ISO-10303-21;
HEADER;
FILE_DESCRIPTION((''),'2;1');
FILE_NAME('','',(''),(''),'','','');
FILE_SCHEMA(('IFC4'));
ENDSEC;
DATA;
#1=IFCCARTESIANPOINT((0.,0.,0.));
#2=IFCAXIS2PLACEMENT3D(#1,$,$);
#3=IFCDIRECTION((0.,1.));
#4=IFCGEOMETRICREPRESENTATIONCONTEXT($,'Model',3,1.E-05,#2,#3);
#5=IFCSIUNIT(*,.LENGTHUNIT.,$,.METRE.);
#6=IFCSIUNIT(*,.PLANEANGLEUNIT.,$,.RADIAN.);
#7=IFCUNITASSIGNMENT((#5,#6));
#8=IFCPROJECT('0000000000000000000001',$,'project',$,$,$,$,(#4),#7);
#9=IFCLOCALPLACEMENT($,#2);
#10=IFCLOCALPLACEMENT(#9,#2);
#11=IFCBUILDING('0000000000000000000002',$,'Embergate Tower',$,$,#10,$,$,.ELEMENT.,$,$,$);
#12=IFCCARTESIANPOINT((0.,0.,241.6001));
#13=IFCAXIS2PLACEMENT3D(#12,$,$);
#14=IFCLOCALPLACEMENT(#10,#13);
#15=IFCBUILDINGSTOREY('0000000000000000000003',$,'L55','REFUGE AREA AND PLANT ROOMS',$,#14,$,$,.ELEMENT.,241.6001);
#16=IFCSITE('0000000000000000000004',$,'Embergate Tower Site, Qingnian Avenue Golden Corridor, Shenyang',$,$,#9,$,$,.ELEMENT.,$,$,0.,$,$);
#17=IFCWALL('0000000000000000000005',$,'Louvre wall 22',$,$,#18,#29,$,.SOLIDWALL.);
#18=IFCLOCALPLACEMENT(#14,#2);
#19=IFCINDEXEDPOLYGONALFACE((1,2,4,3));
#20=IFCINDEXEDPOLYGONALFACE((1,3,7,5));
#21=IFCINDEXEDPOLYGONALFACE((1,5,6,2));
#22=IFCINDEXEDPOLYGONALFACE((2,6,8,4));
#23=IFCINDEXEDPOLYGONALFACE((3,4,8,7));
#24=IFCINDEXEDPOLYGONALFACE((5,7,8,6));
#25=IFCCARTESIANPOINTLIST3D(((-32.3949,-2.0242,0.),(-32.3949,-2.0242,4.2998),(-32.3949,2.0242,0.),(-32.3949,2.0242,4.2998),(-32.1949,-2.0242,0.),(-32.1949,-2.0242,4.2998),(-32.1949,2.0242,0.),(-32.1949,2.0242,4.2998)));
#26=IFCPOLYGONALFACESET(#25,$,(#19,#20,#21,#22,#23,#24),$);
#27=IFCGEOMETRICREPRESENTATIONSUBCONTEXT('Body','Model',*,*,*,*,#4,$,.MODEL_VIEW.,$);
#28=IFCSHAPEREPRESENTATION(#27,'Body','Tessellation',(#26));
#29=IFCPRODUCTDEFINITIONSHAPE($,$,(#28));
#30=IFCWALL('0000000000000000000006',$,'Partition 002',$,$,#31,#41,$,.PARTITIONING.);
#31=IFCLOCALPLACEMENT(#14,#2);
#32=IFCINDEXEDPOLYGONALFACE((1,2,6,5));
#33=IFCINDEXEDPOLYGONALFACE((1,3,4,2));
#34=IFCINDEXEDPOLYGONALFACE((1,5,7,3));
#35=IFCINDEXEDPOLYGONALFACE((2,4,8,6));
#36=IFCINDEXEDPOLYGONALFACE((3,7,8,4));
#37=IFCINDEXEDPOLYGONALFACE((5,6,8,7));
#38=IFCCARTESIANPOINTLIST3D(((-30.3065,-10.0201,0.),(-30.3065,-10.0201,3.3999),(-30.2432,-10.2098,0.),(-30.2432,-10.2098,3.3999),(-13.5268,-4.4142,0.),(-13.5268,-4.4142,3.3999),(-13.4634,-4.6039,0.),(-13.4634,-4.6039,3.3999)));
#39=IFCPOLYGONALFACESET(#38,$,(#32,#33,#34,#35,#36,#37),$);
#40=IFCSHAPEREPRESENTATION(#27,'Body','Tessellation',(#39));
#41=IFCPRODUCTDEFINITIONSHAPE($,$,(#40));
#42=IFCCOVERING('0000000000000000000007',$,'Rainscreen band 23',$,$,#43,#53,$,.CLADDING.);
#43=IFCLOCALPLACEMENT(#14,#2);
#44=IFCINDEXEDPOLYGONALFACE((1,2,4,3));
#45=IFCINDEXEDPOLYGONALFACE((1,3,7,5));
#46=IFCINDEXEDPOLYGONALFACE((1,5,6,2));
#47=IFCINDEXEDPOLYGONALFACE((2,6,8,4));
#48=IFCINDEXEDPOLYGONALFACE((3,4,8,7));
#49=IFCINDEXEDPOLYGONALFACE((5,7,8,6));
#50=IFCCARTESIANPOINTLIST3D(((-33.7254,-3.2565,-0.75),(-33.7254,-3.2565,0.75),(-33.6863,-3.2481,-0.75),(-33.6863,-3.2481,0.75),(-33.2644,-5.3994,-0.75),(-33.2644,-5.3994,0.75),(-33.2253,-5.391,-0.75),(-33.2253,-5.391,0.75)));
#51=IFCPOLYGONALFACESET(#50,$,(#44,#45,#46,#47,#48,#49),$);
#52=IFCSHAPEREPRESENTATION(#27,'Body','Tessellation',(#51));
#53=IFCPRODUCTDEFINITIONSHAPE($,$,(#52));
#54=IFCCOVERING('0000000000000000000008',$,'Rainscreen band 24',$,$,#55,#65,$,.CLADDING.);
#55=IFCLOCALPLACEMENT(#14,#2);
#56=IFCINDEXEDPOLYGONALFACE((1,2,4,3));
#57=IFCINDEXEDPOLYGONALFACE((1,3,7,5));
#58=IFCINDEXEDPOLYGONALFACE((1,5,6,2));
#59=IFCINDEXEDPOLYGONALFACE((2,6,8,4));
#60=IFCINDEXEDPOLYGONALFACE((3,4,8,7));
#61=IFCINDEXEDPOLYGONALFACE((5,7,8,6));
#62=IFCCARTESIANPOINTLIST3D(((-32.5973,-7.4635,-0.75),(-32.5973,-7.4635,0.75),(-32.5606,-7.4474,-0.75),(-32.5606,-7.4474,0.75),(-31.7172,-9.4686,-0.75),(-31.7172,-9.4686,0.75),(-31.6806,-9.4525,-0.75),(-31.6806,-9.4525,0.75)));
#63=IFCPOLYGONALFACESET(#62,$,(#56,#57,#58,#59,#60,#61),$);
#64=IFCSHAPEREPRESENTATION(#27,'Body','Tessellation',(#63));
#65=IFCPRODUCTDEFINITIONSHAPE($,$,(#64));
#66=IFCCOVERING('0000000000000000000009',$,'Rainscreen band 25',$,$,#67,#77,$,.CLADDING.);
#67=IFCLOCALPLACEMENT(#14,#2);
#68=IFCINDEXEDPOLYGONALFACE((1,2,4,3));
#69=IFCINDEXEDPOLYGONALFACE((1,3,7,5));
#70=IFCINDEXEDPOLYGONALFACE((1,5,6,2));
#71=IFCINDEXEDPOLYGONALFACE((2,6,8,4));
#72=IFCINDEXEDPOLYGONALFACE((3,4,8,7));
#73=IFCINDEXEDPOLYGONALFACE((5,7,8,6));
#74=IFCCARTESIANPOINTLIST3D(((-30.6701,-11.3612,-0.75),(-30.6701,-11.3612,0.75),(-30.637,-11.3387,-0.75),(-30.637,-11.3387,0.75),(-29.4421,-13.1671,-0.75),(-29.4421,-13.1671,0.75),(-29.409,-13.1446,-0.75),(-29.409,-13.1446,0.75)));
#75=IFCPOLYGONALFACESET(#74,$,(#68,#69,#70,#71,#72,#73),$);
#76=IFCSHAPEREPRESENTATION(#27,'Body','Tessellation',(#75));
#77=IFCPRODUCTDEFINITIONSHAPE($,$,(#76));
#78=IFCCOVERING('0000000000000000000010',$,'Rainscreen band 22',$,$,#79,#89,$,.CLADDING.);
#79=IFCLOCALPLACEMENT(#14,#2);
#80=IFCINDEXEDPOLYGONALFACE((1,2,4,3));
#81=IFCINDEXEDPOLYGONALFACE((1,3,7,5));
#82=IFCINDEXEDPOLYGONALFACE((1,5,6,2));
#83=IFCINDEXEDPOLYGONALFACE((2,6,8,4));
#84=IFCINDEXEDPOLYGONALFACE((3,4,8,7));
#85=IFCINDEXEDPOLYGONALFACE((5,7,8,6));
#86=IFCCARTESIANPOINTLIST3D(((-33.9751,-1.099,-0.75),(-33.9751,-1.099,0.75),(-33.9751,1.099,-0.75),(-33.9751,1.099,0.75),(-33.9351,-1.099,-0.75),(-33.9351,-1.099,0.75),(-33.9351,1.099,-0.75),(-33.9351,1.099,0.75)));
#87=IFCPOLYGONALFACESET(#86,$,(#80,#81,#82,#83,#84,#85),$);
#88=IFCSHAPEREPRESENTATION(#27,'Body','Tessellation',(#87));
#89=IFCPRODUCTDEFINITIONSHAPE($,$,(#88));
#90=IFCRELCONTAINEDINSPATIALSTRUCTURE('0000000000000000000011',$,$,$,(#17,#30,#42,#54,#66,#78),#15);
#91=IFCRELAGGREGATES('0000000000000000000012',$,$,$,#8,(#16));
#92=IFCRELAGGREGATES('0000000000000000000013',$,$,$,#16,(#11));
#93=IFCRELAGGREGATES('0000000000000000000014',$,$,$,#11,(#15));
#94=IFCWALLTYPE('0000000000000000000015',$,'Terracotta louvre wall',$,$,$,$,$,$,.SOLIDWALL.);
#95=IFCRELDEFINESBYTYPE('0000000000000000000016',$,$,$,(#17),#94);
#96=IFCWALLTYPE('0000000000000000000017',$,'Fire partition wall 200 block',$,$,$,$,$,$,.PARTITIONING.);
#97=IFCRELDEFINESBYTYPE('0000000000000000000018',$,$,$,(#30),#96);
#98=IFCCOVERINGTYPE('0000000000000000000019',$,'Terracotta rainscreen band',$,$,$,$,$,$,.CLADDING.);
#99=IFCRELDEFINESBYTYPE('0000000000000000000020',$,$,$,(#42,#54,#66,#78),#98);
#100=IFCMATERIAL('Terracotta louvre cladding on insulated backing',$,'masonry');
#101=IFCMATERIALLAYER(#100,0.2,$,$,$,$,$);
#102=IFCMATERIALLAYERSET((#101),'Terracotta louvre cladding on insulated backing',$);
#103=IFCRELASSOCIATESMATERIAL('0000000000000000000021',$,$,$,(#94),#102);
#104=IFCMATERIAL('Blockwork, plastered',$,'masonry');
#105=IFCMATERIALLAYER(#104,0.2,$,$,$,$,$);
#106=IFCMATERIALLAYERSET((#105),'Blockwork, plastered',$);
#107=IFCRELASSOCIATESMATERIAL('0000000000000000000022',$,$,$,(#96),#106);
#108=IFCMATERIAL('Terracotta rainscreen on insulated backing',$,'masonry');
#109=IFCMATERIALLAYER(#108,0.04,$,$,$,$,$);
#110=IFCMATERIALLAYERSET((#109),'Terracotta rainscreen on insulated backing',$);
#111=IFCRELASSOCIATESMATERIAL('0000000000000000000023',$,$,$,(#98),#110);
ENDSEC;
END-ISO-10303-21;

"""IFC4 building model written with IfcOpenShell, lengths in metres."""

from ifc_helpers import new_model, si_unit, direction, frame, frame_2d, origin, origin_2d, place, context, subcontext, project, spatial, rectangle, extrude, source, transform, mapped, material, layer, layer_set, type_object, element, save


model = new_model("IFC4")

# Units and contexts
model_context = context("Model", 3, precision=1e-05, world=origin(), true_north=direction((0.0, 1.0)))
body_context = subcontext(model_context, "Body", "Model", "MODEL_VIEW")
ifc_project = project(units=[si_unit("LENGTHUNIT", "METRE"), si_unit("PLANEANGLEUNIT", "RADIAN")], contexts=[model_context])

# Site, building, storey
site_placement = place(None, origin())
site = spatial("IfcSite", under=ifc_project, at=site_placement, Name="Embergate Tower Site, Qingnian Avenue Golden Corridor, Shenyang", CompositionType="ELEMENT", RefElevation=0.0)
building_placement = place(site_placement, origin())
building = spatial("IfcBuilding", under=site, at=building_placement, Name="Embergate Tower", CompositionType="ELEMENT")
storey_placement = place(building_placement, frame((0.0, 0.0, 241.6001)))
storey = spatial("IfcBuildingStorey", under=building, at=storey_placement, Name="L55", Description="REFUGE AREA AND PLANT ROOMS", CompositionType="ELEMENT", Elevation=241.6001)

# Walls
ifc_material_1 = material(Name="Terracotta louvre cladding on insulated backing", Category="masonry")
ifc_layer_1 = layer(ifc_material_1, 0.2)
ifc_layer_set_1 = layer_set([ifc_layer_1], Name="Terracotta louvre cladding on insulated backing")
wall_type_1 = type_object("IfcWallType", Name="Terracotta louvre wall", PredefinedType="SOLIDWALL", material=ifc_layer_set_1)
shared_shape_1 = source(origin(), body_context, "Body", "SweptSolid", [
    extrude(rectangle(XDim=4.0483, YDim=0.2, at=frame_2d((2.0242, 0.0))), origin(), (0.0, 0.0, 1.0), 4.2998),
])
wall_1_placement = place(storey_placement, frame((-32.2949, -2.0242, 0.0), z_axis=(0.0, 0.0, 1.0), x_axis=(0.0, 1.0, 0.0)))
element("IfcWall", 1, at=wall_1_placement, inside=storey, type_object=wall_type_1, Name="Louvre wall 22", PredefinedType="SOLIDWALL", context=body_context, shape_type="MappedRepresentation", body=[
    mapped(shared_shape_1, transform((0.0, 0.0, 0.0))),
])
ifc_material_2 = material(Name="Blockwork, plastered", Category="masonry")
ifc_layer_2 = layer(ifc_material_2, 0.2)
ifc_layer_set_2 = layer_set([ifc_layer_2], Name="Blockwork, plastered")
wall_type_2 = type_object("IfcWallType", Name="Fire partition wall 200 block", PredefinedType="PARTITIONING", material=ifc_layer_set_2)
shared_shape_2 = source(origin(), body_context, "Body", "SweptSolid", [
    extrude(rectangle(XDim=17.6914, YDim=0.2, at=frame_2d((8.8457, 0.0))), origin(), (0.0, 0.0, 1.0), 3.3999),
])
wall_2_placement = place(storey_placement, frame((-13.4951, -4.509, 0.0), z_axis=(0.0, 0.0, 1.0), x_axis=(-0.948468, -0.316874, 0.0)))
element("IfcWall", 2, at=wall_2_placement, inside=storey, type_object=wall_type_2, Name="Partition 002", PredefinedType="PARTITIONING", context=body_context, shape_type="MappedRepresentation", body=[
    mapped(shared_shape_2, transform((0.0, 0.0, 0.0))),
])

# Coverings
ifc_material_3 = material(Name="Terracotta rainscreen on insulated backing", Category="masonry")
ifc_layer_3 = layer(ifc_material_3, 0.04)
ifc_layer_set_3 = layer_set([ifc_layer_3], Name="Terracotta rainscreen on insulated backing")
covering_type = type_object("IfcCoveringType", Name="Terracotta rainscreen band", PredefinedType="CLADDING", material=ifc_layer_set_3)
shared_shape_3 = source(origin(), body_context, "Body", "SweptSolid", [
    extrude(rectangle(XDim=2.1919, YDim=0.04, at=origin_2d()), origin(), (0.0, 0.0, 1.0), 1.5),
])
covering_1_placement = place(storey_placement, frame((-33.4753, -4.3237, -0.75), z_axis=(0.0, 0.0, 1.0), x_axis=(0.210308, -0.977635, 0.0)))
element("IfcCovering", 3, at=covering_1_placement, inside=storey, type_object=covering_type, Name="Rainscreen band 23", PredefinedType="CLADDING", context=body_context, shape_type="MappedRepresentation", body=[
    mapped(shared_shape_3, transform((0.0, 0.0, 0.0))),
])
shared_shape_4 = source(origin(), body_context, "Body", "SweptSolid", [
    extrude(rectangle(XDim=2.1897, YDim=0.04, at=origin_2d()), origin(), (0.0, 0.0, 1.0), 1.5),
])
covering_2_placement = place(storey_placement, frame((-32.1389, -8.458, -0.75), z_axis=(0.0, 0.0, 1.0), x_axis=(0.401897, -0.915685, 0.0)))
element("IfcCovering", 4, at=covering_2_placement, inside=storey, type_object=covering_type, Name="Rainscreen band 24", PredefinedType="CLADDING", context=body_context, shape_type="MappedRepresentation", body=[
    mapped(shared_shape_4, transform((0.0, 0.0, 0.0))),
])
shared_shape_5 = source(origin(), body_context, "Body", "SweptSolid", [
    extrude(rectangle(XDim=2.1838, YDim=0.04, at=origin_2d()), origin(), (0.0, 0.0, 1.0), 1.5),
])
covering_3_placement = place(storey_placement, frame((-30.0396, -12.2529, -0.75), z_axis=(0.0, 0.0, 1.0), x_axis=(0.562285, -0.826943, 0.0)))
element("IfcCovering", 5, at=covering_3_placement, inside=storey, type_object=covering_type, Name="Rainscreen band 25", PredefinedType="CLADDING", context=body_context, shape_type="MappedRepresentation", body=[
    mapped(shared_shape_5, transform((0.0, 0.0, 0.0))),
])
shared_shape_6 = source(origin(), body_context, "Body", "SweptSolid", [
    extrude(rectangle(XDim=2.198, YDim=0.04, at=origin_2d()), origin(), (0.0, 0.0, 1.0), 1.5),
])
covering_4_placement = place(storey_placement, frame((-33.9551, 0.0, -0.75), z_axis=(0.0, 0.0, 1.0), x_axis=(0.0, -1.0, 0.0)))
element("IfcCovering", 6, at=covering_4_placement, inside=storey, type_object=covering_type, Name="Rainscreen band 22", PredefinedType="CLADDING", context=body_context, shape_type="MappedRepresentation", body=[
    mapped(shared_shape_6, transform((0.0, 0.0, 0.0))),
])

save(model, "model.ifc")
